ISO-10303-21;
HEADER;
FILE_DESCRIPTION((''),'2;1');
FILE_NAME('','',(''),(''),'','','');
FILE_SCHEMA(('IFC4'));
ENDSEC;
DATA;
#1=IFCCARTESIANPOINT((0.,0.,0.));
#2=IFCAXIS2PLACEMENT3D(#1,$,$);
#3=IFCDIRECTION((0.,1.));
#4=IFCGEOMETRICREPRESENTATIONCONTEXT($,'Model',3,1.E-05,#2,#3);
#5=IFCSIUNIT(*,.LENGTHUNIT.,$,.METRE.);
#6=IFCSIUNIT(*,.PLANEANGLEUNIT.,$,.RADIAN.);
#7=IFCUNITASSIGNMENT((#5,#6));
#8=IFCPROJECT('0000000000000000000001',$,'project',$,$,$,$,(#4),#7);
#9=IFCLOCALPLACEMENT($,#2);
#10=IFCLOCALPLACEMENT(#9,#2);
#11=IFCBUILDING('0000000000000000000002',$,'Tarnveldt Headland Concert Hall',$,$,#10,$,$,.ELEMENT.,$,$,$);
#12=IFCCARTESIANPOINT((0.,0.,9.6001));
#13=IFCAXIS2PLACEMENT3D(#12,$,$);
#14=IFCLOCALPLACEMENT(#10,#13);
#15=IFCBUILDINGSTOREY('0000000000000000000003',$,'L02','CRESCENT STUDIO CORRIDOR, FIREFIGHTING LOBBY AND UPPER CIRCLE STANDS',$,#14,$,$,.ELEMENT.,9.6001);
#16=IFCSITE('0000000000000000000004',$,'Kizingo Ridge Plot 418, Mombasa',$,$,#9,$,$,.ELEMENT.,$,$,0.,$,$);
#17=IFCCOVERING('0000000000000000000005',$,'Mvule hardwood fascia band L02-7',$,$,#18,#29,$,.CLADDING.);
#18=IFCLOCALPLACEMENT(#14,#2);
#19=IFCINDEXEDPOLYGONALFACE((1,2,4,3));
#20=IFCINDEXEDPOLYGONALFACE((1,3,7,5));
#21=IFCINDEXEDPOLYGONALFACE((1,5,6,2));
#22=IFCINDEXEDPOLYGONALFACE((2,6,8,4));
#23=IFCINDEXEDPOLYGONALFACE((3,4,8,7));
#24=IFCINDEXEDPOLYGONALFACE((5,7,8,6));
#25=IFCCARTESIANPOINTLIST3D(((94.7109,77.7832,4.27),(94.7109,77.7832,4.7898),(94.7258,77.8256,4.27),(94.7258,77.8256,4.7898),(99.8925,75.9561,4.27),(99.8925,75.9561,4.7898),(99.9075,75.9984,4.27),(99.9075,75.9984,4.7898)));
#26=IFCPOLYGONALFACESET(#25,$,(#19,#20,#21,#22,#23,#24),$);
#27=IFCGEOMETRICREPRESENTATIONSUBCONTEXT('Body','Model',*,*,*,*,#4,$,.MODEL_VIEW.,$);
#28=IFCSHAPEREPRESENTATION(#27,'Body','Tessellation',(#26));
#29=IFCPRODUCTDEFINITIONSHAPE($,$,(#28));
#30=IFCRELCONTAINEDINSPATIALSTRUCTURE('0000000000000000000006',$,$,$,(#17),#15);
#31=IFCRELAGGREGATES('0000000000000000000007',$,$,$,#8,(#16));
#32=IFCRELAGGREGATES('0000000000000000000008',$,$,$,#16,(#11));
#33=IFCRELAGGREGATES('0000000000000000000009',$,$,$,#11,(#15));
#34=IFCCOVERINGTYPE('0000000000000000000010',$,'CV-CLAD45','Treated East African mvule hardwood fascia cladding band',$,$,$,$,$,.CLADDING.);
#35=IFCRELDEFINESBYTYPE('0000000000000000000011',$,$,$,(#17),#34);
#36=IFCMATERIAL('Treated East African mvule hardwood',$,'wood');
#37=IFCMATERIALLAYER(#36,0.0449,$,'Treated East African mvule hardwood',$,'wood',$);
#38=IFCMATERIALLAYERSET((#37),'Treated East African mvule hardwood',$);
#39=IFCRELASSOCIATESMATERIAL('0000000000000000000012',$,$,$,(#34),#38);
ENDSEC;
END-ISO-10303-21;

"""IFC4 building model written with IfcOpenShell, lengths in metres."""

from ifc_helpers import new_model, si_unit, direction, frame, frame_2d, origin, place, context, subcontext, project, spatial, rectangle, extrude, material, layer, layer_set, type_object, element, save


model = new_model("IFC4")

# Units and contexts
model_context = context("Model", 3, precision=1e-05, world=origin(), true_north=direction((0.0, 1.0)))
body_context = subcontext(model_context, "Body", "Model", "MODEL_VIEW")
ifc_project = project(units=[si_unit("LENGTHUNIT", "METRE"), si_unit("PLANEANGLEUNIT", "RADIAN")], contexts=[model_context])

# Site, building, storey
site_placement = place(None, origin())
site = spatial("IfcSite", under=ifc_project, at=site_placement, Name="Kizingo Ridge Plot 418, Mombasa", CompositionType="ELEMENT", RefElevation=0.0)
building_placement = place(site_placement, origin())
building = spatial("IfcBuilding", under=site, at=building_placement, Name="Tarnveldt Headland Concert Hall", CompositionType="ELEMENT")
storey_placement = place(building_placement, frame((0.0, 0.0, 9.6001)))
storey = spatial("IfcBuildingStorey", under=building, at=storey_placement, Name="L02", Description="CRESCENT STUDIO CORRIDOR, FIREFIGHTING LOBBY AND UPPER CIRCLE STANDS", CompositionType="ELEMENT", Elevation=9.6001)

# Covering
ifc_material_1 = material(Name="Treated East African mvule hardwood", Category="wood")
ifc_layer_1 = layer(ifc_material_1, 0.0449, Name="Treated East African mvule hardwood", Category="wood")
ifc_layer_set_1 = layer_set([ifc_layer_1], Name="Treated East African mvule hardwood")
covering_type = type_object("IfcCoveringType", Name="CV-CLAD45", Description="Treated East African mvule hardwood fascia cladding band", PredefinedType="CLADDING", material=ifc_layer_set_1)
covering_placement = place(storey_placement, frame((99.8999, 75.9773, 4.27), z_axis=(0.0, 0.0, 1.0), x_axis=(-0.943085, 0.33255, 0.0)))
element("IfcCovering", 1, at=covering_placement, inside=storey, type_object=covering_type, Name="Mvule hardwood fascia band L02-7", PredefinedType="CLADDING", context=body_context, shape_type="SweptSolid", body=[
    extrude(rectangle(XDim=5.4944, YDim=0.0449, at=frame_2d((2.7471, 0.0))), origin(), (0.0, 0.0, 1.0), 0.5198),
])

save(model, "model.ifc")
